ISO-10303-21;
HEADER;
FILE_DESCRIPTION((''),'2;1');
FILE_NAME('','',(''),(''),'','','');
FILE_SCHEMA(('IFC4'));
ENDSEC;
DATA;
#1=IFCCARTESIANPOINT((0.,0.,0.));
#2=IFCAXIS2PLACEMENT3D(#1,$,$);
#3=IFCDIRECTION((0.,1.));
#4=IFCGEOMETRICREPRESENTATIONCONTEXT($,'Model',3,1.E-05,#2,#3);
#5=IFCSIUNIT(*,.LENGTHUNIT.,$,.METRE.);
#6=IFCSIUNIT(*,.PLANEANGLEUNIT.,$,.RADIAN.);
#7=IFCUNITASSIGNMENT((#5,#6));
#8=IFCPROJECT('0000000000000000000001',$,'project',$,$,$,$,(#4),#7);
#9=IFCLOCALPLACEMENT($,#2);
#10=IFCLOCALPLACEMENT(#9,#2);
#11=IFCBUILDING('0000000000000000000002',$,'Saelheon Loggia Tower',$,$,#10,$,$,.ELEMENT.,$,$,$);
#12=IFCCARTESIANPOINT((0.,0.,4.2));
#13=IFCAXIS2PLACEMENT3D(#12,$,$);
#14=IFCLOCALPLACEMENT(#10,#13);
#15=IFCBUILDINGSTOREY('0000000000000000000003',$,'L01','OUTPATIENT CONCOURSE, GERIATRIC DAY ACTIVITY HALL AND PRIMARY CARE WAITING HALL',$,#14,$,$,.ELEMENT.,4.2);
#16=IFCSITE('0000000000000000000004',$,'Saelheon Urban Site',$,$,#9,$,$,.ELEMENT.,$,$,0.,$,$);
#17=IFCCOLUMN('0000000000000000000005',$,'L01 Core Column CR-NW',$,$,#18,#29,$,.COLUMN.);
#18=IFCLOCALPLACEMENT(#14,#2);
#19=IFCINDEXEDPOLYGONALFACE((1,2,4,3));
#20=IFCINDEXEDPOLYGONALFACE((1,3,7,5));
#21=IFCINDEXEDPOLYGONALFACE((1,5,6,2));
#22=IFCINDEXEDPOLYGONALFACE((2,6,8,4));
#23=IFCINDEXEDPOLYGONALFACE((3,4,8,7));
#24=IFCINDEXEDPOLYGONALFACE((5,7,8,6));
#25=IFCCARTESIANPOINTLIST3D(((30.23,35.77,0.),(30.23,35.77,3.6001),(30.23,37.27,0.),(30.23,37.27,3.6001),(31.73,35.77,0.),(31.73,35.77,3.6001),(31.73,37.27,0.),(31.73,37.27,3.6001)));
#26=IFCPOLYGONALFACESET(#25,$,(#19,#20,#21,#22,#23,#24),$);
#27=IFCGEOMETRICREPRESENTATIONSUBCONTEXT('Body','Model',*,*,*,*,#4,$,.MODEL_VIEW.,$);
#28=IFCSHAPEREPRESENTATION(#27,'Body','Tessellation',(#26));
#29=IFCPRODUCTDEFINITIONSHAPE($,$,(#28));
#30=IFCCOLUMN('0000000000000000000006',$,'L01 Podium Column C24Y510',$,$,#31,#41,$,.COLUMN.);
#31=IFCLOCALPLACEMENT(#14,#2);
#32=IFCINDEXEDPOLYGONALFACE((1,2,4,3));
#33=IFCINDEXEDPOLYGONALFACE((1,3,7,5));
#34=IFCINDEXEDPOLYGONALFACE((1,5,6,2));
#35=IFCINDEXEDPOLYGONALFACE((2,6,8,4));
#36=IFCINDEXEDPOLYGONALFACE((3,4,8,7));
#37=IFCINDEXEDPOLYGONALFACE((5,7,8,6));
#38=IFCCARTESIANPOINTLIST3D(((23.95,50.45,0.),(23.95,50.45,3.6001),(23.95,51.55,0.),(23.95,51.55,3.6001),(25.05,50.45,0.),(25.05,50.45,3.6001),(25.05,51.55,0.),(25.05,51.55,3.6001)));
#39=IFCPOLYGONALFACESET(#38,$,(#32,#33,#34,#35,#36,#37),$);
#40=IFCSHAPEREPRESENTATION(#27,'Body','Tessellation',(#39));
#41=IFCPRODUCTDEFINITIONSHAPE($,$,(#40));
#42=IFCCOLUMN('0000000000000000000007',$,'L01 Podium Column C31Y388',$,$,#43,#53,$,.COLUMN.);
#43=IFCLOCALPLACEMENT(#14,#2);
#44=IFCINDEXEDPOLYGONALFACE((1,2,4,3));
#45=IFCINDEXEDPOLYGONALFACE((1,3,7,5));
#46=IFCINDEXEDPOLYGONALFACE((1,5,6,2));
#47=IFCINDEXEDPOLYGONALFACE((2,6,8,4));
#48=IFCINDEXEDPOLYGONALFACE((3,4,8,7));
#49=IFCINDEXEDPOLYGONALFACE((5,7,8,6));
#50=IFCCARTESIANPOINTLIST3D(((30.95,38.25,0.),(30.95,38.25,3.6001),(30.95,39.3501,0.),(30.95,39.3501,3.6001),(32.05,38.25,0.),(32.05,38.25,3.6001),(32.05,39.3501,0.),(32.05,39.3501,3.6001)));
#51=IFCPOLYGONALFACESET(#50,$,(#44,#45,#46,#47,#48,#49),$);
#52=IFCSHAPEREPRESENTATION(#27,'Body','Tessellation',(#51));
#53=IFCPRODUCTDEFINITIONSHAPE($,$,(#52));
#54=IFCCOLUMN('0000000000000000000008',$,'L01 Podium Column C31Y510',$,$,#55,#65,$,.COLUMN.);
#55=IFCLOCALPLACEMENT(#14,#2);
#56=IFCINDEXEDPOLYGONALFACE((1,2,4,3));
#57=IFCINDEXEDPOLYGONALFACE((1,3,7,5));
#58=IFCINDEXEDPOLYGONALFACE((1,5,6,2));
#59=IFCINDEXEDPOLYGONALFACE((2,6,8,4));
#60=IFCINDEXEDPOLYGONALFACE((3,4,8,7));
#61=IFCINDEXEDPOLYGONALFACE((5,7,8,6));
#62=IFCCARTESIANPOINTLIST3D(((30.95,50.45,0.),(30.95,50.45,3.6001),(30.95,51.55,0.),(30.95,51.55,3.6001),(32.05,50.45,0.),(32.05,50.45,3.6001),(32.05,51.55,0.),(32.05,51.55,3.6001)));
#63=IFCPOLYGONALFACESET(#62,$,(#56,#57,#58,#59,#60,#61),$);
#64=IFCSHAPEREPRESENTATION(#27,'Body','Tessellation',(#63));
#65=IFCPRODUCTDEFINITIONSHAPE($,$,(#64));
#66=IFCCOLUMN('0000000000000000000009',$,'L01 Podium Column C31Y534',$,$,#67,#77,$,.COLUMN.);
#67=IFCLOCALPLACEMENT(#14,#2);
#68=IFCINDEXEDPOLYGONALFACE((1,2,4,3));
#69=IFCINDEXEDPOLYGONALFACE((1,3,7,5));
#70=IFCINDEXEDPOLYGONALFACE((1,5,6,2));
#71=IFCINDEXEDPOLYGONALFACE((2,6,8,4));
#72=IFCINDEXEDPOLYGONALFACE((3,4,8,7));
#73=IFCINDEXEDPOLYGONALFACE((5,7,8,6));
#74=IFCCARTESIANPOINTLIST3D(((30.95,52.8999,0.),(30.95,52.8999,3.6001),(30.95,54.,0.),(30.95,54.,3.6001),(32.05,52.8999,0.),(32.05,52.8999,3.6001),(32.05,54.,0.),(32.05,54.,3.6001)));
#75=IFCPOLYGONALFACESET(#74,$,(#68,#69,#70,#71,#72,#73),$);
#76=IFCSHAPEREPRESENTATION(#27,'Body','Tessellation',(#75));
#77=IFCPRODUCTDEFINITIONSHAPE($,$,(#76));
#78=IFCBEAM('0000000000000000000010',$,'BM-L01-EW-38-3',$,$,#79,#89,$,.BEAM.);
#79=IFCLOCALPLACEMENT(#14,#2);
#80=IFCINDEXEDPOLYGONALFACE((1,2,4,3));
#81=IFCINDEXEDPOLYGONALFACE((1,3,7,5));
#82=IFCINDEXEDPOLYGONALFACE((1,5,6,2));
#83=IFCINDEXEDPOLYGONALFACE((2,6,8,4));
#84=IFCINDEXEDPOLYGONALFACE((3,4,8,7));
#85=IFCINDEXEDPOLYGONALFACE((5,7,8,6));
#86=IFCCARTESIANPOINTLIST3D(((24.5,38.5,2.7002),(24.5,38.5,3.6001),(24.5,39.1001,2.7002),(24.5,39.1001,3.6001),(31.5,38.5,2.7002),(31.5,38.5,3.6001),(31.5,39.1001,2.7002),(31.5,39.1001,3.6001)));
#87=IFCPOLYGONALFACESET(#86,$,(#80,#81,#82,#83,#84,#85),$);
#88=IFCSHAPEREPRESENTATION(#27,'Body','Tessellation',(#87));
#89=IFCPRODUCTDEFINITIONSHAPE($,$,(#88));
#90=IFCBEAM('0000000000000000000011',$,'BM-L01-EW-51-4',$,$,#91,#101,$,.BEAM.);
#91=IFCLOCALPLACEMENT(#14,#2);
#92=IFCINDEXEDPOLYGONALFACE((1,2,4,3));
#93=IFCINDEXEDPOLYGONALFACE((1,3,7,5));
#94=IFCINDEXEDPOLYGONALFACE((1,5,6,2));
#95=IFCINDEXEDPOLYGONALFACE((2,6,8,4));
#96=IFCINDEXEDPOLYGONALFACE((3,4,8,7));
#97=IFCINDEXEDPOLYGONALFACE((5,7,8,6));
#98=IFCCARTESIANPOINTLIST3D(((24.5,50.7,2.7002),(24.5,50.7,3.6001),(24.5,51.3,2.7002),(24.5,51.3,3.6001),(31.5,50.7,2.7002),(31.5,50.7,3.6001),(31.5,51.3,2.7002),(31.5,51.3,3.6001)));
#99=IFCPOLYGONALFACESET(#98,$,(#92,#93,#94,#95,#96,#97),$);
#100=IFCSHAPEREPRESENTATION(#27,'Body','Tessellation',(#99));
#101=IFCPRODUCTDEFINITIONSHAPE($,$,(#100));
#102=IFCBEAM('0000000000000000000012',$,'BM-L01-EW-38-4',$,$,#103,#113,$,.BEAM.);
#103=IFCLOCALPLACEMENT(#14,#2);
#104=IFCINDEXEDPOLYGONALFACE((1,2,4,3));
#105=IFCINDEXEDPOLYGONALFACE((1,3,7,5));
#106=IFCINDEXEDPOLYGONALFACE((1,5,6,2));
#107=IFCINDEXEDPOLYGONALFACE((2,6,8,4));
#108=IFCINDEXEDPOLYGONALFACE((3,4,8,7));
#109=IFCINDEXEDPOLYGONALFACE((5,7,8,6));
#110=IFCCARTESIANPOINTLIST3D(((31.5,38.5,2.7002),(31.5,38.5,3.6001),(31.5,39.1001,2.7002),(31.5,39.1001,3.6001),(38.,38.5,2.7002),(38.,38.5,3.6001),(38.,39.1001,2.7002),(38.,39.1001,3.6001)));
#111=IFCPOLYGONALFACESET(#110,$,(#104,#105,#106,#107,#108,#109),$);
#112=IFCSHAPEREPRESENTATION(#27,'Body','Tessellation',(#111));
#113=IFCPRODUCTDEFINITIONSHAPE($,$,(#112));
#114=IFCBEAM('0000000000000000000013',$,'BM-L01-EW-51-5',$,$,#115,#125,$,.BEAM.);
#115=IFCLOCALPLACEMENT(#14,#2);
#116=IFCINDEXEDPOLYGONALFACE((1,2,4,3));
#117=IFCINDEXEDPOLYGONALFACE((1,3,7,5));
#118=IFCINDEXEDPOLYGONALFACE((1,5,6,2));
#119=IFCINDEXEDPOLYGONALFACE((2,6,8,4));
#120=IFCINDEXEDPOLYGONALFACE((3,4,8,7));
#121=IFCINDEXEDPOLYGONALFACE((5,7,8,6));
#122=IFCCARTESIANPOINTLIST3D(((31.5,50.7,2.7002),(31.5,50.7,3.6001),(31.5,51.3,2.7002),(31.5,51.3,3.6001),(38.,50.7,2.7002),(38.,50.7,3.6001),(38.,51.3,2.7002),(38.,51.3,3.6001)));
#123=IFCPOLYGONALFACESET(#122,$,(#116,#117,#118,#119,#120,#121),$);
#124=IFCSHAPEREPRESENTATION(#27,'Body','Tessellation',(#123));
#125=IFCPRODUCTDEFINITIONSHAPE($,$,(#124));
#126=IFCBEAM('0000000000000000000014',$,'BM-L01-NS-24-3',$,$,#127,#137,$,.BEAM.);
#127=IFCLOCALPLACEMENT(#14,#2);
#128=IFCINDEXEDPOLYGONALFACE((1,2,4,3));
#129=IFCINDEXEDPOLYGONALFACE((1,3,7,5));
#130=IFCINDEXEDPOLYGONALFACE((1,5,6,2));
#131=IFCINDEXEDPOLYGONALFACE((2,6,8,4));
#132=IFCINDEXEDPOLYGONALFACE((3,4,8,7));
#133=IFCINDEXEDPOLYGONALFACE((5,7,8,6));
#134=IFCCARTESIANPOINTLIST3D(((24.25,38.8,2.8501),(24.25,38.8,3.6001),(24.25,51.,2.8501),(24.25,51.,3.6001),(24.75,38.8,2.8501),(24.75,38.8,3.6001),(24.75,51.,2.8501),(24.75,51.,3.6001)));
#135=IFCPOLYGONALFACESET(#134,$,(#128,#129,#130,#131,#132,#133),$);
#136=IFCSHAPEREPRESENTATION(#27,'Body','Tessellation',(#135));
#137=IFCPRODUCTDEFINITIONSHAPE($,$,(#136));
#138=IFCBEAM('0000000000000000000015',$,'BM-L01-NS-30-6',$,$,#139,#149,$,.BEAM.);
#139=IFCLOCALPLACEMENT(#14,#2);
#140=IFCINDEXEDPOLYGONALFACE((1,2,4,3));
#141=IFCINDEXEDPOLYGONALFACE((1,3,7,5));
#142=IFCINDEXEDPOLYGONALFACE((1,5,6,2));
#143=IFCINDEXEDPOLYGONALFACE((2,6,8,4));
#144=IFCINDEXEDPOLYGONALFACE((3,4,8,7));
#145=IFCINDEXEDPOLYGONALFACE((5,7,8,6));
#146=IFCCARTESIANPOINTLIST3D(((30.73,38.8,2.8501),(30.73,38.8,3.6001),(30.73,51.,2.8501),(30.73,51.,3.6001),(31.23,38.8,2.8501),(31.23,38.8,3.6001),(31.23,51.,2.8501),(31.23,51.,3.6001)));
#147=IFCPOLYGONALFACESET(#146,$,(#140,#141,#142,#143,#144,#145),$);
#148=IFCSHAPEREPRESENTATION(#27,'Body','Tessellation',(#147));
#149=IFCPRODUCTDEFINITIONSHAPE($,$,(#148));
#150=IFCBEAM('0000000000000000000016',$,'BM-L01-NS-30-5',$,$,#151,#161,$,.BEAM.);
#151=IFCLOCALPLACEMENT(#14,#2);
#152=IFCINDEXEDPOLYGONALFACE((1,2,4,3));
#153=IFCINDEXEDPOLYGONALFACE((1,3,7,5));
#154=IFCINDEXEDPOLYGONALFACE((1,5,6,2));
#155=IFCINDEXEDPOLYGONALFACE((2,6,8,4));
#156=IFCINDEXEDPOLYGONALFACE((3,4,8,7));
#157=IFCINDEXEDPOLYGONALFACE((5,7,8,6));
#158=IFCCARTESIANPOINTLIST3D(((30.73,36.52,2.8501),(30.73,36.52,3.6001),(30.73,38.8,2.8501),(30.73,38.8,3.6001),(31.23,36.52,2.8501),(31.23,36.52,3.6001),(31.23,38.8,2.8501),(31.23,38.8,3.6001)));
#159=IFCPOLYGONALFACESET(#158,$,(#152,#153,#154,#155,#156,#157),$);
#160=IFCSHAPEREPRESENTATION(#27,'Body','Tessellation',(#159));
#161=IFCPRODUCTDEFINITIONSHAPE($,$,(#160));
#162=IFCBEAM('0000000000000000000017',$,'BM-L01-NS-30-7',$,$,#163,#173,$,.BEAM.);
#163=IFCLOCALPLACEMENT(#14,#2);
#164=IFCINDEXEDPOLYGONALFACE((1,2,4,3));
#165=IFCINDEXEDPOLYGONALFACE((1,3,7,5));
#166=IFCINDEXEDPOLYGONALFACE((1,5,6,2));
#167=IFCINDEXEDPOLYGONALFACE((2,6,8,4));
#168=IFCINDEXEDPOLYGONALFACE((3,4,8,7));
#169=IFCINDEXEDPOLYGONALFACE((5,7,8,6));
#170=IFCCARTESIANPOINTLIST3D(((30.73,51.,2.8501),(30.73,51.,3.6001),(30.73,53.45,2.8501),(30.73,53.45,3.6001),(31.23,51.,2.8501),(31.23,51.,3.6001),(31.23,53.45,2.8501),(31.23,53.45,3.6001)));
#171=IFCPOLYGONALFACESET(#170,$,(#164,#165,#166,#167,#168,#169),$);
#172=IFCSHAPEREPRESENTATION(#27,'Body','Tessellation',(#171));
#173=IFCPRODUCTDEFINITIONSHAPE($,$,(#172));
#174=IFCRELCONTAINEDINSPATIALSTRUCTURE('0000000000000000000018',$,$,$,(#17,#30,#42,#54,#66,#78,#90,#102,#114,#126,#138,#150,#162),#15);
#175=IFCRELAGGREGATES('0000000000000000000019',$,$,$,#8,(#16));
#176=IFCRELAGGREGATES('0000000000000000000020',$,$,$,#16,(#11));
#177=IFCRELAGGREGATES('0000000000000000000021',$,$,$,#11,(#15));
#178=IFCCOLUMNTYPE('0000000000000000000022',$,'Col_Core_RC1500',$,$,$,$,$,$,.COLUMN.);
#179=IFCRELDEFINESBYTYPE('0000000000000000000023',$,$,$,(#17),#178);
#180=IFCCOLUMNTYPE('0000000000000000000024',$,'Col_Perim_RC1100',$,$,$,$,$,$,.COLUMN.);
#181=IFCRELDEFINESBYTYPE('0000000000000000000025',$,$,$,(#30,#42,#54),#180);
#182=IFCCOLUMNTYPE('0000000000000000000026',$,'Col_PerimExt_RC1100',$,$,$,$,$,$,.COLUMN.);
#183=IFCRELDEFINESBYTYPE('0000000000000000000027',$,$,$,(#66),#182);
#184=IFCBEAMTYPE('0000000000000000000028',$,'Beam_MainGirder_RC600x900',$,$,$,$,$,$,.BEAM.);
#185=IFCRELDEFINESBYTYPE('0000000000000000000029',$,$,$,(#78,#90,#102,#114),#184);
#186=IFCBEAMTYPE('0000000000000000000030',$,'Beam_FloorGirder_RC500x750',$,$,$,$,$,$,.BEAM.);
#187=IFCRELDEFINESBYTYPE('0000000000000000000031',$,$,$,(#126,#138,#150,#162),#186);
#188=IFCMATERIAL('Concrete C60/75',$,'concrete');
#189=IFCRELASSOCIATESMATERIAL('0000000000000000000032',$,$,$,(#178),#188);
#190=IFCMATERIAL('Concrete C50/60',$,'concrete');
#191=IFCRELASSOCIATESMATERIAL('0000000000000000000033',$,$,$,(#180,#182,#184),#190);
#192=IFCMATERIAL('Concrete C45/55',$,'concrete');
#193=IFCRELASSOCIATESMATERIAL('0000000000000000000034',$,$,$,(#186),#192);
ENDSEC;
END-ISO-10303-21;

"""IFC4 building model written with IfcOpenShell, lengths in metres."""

from ifc_helpers import new_model, si_unit, direction, frame, origin, origin_2d, place, context, subcontext, project, spatial, rectangle, extrude, source, transform, mapped, material, material_profile, profile_set, type_object, element, save


model = new_model("IFC4")

# Units and contexts
model_context = context("Model", 3, precision=1e-05, world=origin(), true_north=direction((0.0, 1.0)))
body_context = subcontext(model_context, "Body", "Model", "MODEL_VIEW")
ifc_project = project(units=[si_unit("LENGTHUNIT", "METRE"), si_unit("PLANEANGLEUNIT", "RADIAN")], contexts=[model_context])

# Site, building, storey
site_placement = place(None, origin())
site = spatial("IfcSite", under=ifc_project, at=site_placement, Name="Saelheon Urban Site", CompositionType="ELEMENT", RefElevation=0.0)
building_placement = place(site_placement, origin())
building = spatial("IfcBuilding", under=site, at=building_placement, Name="Saelheon Loggia Tower", CompositionType="ELEMENT")
storey_placement = place(building_placement, frame((0.0, 0.0, 4.2)))
storey = spatial("IfcBuildingStorey", under=building, at=storey_placement, Name="L01", Description="OUTPATIENT CONCOURSE, GERIATRIC DAY ACTIVITY HALL AND PRIMARY CARE WAITING HALL", CompositionType="ELEMENT", Elevation=4.2)

# Columns
ifc_material_1 = material(Name="Concrete C60/75", Category="concrete")
ifc_material_profile_1 = material_profile(ifc_material_1, rectangle(XDim=1.5, YDim=1.5, at=origin_2d()), Name="RC-1500x1500")
ifc_profile_set_1 = profile_set([ifc_material_profile_1], Name="Concrete C60/75")
column_type_1 = type_object("IfcColumnType", Name="Col_Core_RC1500", PredefinedType="COLUMN", material=ifc_profile_set_1)
shared_shape_1 = source(origin(), body_context, "Body", "SweptSolid", [
    extrude(rectangle(XDim=1.5, YDim=1.5, at=origin_2d()), origin(), (0.0, 0.0, 1.0), 3.6001),
])
column_1_placement = place(storey_placement, frame((30.98, 36.52, 0.0), z_axis=(0.0, 0.0, 1.0), x_axis=(1.0, 0.0, 0.0)))
element("IfcColumn", 1, at=column_1_placement, inside=storey, type_object=column_type_1, Name="L01 Core Column CR-NW", PredefinedType="COLUMN", context=body_context, shape_type="MappedRepresentation", body=[
    mapped(shared_shape_1, transform((0.0, 0.0, 0.0), scale=1.0)),
])
ifc_material_2 = material(Name="Concrete C50/60", Category="concrete")
ifc_material_profile_2 = material_profile(ifc_material_2, rectangle(XDim=1.1001, YDim=1.1001, at=origin_2d()), Name="RC-1100x1100")
ifc_profile_set_2 = profile_set([ifc_material_profile_2], Name="Concrete C50/60")
column_type_2 = type_object("IfcColumnType", Name="Col_Perim_RC1100", PredefinedType="COLUMN", material=ifc_profile_set_2)
shared_shape_2 = source(origin(), body_context, "Body", "SweptSolid", [
    extrude(rectangle(XDim=1.1001, YDim=1.1001, at=origin_2d()), origin(), (0.0, 0.0, 1.0), 3.6001),
])
for number, where, z_axis, x_axis, name in (
    (2, (24.5, 51.0, 0.0), (0.0, 0.0, 1.0), (1.0, 0.0, 0.0), "L01 Podium Column C24Y510"),
    (3, (31.5, 38.8, 0.0), (0.0, 0.0, 1.0), (1.0, 0.0, 0.0), "L01 Podium Column C31Y388"),
    (4, (31.5, 51.0, 0.0), (0.0, 0.0, 1.0), (1.0, 0.0, 0.0), "L01 Podium Column C31Y510"),
):
    element("IfcColumn", number, at=place(storey_placement, frame(where, z_axis=z_axis, x_axis=x_axis)), inside=storey, type_object=column_type_2, Name=name, PredefinedType="COLUMN", context=body_context, shape_type="MappedRepresentation", body=[
        mapped(shared_shape_2, transform((0.0, 0.0, 0.0), scale=1.0)),
    ])
ifc_material_profile_3 = material_profile(ifc_material_2, rectangle(XDim=1.1001, YDim=1.1001, at=origin_2d()), Name="RC-1100x1100")
ifc_profile_set_3 = profile_set([ifc_material_profile_3], Name="Concrete C50/60")
column_type_3 = type_object("IfcColumnType", Name="Col_PerimExt_RC1100", PredefinedType="COLUMN", material=ifc_profile_set_3)
column_2_placement = place(storey_placement, frame((31.5, 53.45, 0.0), z_axis=(0.0, 0.0, 1.0), x_axis=(1.0, 0.0, 0.0)))
element("IfcColumn", 5, at=column_2_placement, inside=storey, type_object=column_type_3, Name="L01 Podium Column C31Y534", PredefinedType="COLUMN", context=body_context, shape_type="MappedRepresentation", body=[
    mapped(shared_shape_2, transform((0.0, 0.0, 0.0), scale=1.0)),
])

# Beams
ifc_material_profile_4 = material_profile(ifc_material_2, rectangle(XDim=0.6001, YDim=0.8999, at=origin_2d()), Name="RC-600x900")
ifc_profile_set_4 = profile_set([ifc_material_profile_4], Name="Concrete C50/60")
beam_type_1 = type_object("IfcBeamType", Name="Beam_MainGirder_RC600x900", PredefinedType="BEAM", material=ifc_profile_set_4)
shared_shape_3 = source(origin(), body_context, "Body", "SweptSolid", [
    extrude(rectangle(XDim=0.6001, YDim=0.8999, at=origin_2d()), origin(), (0.0, 0.0, 1.0), 7.0),
])
for number, where, z_axis, x_axis, name in (
    (6, (24.5, 38.8, 3.1501), (1.0, 0.0, 0.0), (0.0, 1.0, 0.0), "BM-L01-EW-38-3"),
    (7, (24.5, 51.0, 3.1501), (1.0, 0.0, 0.0), (0.0, 1.0, 0.0), "BM-L01-EW-51-4"),
):
    element("IfcBeam", number, at=place(storey_placement, frame(where, z_axis=z_axis, x_axis=x_axis)), inside=storey, type_object=beam_type_1, Name=name, PredefinedType="BEAM", context=body_context, shape_type="MappedRepresentation", body=[
        mapped(shared_shape_3, transform((0.0, 0.0, 0.0), scale=1.0)),
    ])
shared_shape_4 = source(origin(), body_context, "Body", "SweptSolid", [
    extrude(rectangle(XDim=0.6001, YDim=0.8999, at=origin_2d()), origin(), (0.0, 0.0, 1.0), 6.5),
])
for number, where, z_axis, x_axis, name in (
    (8, (31.5, 38.8, 3.1501), (1.0, 0.0, 0.0), (0.0, 1.0, 0.0), "BM-L01-EW-38-4"),
    (9, (31.5, 51.0, 3.1501), (1.0, 0.0, 0.0), (0.0, 1.0, 0.0), "BM-L01-EW-51-5"),
):
    element("IfcBeam", number, at=place(storey_placement, frame(where, z_axis=z_axis, x_axis=x_axis)), inside=storey, type_object=beam_type_1, Name=name, PredefinedType="BEAM", context=body_context, shape_type="MappedRepresentation", body=[
        mapped(shared_shape_4, transform((0.0, 0.0, 0.0), scale=1.0)),
    ])
ifc_material_3 = material(Name="Concrete C45/55", Category="concrete")
ifc_material_profile_5 = material_profile(ifc_material_3, rectangle(XDim=0.5, YDim=0.75, at=origin_2d()), Name="RC-500x750")
ifc_profile_set_5 = profile_set([ifc_material_profile_5], Name="Concrete C45/55")
beam_type_2 = type_object("IfcBeamType", Name="Beam_FloorGirder_RC500x750", PredefinedType="BEAM", material=ifc_profile_set_5)
shared_shape_5 = source(origin(), body_context, "Body", "SweptSolid", [
    extrude(rectangle(XDim=0.5, YDim=0.75, at=origin_2d()), origin(), (0.0, 0.0, 1.0), 12.2),
])
for number, where, z_axis, x_axis, name in (
    (10, (24.5, 38.8, 3.2251), (0.0, 1.0, 0.0), (-1.0, 0.0, 0.0), "BM-L01-NS-24-3"),
    (11, (30.98, 38.8, 3.2251), (0.0, 1.0, 0.0), (-1.0, 0.0, 0.0), "BM-L01-NS-30-6"),
):
    element("IfcBeam", number, at=place(storey_placement, frame(where, z_axis=z_axis, x_axis=x_axis)), inside=storey, type_object=beam_type_2, Name=name, PredefinedType="BEAM", context=body_context, shape_type="MappedRepresentation", body=[
        mapped(shared_shape_5, transform((0.0, 0.0, 0.0), scale=1.0)),
    ])
shared_shape_6 = source(origin(), body_context, "Body", "SweptSolid", [
    extrude(rectangle(XDim=0.5, YDim=0.75, at=origin_2d()), origin(), (0.0, 0.0, 1.0), 2.28),
])
beam_1_placement = place(storey_placement, frame((30.98, 36.52, 3.2251), z_axis=(0.0, 1.0, 0.0), x_axis=(-1.0, 0.0, 0.0)))
element("IfcBeam", 12, at=beam_1_placement, inside=storey, type_object=beam_type_2, Name="BM-L01-NS-30-5", PredefinedType="BEAM", context=body_context, shape_type="MappedRepresentation", body=[
    mapped(shared_shape_6, transform((0.0, 0.0, 0.0), scale=1.0)),
])
shared_shape_7 = source(origin(), body_context, "Body", "SweptSolid", [
    extrude(rectangle(XDim=0.5, YDim=0.75, at=origin_2d()), origin(), (0.0, 0.0, 1.0), 2.45),
])
beam_2_placement = place(storey_placement, frame((30.98, 51.0, 3.2251), z_axis=(0.0, 1.0, 0.0), x_axis=(-1.0, 0.0, 0.0)))
element("IfcBeam", 13, at=beam_2_placement, inside=storey, type_object=beam_type_2, Name="BM-L01-NS-30-7", PredefinedType="BEAM", context=body_context, shape_type="MappedRepresentation", body=[
    mapped(shared_shape_7, transform((0.0, 0.0, 0.0), scale=1.0)),
])

save(model, "model.ifc")
